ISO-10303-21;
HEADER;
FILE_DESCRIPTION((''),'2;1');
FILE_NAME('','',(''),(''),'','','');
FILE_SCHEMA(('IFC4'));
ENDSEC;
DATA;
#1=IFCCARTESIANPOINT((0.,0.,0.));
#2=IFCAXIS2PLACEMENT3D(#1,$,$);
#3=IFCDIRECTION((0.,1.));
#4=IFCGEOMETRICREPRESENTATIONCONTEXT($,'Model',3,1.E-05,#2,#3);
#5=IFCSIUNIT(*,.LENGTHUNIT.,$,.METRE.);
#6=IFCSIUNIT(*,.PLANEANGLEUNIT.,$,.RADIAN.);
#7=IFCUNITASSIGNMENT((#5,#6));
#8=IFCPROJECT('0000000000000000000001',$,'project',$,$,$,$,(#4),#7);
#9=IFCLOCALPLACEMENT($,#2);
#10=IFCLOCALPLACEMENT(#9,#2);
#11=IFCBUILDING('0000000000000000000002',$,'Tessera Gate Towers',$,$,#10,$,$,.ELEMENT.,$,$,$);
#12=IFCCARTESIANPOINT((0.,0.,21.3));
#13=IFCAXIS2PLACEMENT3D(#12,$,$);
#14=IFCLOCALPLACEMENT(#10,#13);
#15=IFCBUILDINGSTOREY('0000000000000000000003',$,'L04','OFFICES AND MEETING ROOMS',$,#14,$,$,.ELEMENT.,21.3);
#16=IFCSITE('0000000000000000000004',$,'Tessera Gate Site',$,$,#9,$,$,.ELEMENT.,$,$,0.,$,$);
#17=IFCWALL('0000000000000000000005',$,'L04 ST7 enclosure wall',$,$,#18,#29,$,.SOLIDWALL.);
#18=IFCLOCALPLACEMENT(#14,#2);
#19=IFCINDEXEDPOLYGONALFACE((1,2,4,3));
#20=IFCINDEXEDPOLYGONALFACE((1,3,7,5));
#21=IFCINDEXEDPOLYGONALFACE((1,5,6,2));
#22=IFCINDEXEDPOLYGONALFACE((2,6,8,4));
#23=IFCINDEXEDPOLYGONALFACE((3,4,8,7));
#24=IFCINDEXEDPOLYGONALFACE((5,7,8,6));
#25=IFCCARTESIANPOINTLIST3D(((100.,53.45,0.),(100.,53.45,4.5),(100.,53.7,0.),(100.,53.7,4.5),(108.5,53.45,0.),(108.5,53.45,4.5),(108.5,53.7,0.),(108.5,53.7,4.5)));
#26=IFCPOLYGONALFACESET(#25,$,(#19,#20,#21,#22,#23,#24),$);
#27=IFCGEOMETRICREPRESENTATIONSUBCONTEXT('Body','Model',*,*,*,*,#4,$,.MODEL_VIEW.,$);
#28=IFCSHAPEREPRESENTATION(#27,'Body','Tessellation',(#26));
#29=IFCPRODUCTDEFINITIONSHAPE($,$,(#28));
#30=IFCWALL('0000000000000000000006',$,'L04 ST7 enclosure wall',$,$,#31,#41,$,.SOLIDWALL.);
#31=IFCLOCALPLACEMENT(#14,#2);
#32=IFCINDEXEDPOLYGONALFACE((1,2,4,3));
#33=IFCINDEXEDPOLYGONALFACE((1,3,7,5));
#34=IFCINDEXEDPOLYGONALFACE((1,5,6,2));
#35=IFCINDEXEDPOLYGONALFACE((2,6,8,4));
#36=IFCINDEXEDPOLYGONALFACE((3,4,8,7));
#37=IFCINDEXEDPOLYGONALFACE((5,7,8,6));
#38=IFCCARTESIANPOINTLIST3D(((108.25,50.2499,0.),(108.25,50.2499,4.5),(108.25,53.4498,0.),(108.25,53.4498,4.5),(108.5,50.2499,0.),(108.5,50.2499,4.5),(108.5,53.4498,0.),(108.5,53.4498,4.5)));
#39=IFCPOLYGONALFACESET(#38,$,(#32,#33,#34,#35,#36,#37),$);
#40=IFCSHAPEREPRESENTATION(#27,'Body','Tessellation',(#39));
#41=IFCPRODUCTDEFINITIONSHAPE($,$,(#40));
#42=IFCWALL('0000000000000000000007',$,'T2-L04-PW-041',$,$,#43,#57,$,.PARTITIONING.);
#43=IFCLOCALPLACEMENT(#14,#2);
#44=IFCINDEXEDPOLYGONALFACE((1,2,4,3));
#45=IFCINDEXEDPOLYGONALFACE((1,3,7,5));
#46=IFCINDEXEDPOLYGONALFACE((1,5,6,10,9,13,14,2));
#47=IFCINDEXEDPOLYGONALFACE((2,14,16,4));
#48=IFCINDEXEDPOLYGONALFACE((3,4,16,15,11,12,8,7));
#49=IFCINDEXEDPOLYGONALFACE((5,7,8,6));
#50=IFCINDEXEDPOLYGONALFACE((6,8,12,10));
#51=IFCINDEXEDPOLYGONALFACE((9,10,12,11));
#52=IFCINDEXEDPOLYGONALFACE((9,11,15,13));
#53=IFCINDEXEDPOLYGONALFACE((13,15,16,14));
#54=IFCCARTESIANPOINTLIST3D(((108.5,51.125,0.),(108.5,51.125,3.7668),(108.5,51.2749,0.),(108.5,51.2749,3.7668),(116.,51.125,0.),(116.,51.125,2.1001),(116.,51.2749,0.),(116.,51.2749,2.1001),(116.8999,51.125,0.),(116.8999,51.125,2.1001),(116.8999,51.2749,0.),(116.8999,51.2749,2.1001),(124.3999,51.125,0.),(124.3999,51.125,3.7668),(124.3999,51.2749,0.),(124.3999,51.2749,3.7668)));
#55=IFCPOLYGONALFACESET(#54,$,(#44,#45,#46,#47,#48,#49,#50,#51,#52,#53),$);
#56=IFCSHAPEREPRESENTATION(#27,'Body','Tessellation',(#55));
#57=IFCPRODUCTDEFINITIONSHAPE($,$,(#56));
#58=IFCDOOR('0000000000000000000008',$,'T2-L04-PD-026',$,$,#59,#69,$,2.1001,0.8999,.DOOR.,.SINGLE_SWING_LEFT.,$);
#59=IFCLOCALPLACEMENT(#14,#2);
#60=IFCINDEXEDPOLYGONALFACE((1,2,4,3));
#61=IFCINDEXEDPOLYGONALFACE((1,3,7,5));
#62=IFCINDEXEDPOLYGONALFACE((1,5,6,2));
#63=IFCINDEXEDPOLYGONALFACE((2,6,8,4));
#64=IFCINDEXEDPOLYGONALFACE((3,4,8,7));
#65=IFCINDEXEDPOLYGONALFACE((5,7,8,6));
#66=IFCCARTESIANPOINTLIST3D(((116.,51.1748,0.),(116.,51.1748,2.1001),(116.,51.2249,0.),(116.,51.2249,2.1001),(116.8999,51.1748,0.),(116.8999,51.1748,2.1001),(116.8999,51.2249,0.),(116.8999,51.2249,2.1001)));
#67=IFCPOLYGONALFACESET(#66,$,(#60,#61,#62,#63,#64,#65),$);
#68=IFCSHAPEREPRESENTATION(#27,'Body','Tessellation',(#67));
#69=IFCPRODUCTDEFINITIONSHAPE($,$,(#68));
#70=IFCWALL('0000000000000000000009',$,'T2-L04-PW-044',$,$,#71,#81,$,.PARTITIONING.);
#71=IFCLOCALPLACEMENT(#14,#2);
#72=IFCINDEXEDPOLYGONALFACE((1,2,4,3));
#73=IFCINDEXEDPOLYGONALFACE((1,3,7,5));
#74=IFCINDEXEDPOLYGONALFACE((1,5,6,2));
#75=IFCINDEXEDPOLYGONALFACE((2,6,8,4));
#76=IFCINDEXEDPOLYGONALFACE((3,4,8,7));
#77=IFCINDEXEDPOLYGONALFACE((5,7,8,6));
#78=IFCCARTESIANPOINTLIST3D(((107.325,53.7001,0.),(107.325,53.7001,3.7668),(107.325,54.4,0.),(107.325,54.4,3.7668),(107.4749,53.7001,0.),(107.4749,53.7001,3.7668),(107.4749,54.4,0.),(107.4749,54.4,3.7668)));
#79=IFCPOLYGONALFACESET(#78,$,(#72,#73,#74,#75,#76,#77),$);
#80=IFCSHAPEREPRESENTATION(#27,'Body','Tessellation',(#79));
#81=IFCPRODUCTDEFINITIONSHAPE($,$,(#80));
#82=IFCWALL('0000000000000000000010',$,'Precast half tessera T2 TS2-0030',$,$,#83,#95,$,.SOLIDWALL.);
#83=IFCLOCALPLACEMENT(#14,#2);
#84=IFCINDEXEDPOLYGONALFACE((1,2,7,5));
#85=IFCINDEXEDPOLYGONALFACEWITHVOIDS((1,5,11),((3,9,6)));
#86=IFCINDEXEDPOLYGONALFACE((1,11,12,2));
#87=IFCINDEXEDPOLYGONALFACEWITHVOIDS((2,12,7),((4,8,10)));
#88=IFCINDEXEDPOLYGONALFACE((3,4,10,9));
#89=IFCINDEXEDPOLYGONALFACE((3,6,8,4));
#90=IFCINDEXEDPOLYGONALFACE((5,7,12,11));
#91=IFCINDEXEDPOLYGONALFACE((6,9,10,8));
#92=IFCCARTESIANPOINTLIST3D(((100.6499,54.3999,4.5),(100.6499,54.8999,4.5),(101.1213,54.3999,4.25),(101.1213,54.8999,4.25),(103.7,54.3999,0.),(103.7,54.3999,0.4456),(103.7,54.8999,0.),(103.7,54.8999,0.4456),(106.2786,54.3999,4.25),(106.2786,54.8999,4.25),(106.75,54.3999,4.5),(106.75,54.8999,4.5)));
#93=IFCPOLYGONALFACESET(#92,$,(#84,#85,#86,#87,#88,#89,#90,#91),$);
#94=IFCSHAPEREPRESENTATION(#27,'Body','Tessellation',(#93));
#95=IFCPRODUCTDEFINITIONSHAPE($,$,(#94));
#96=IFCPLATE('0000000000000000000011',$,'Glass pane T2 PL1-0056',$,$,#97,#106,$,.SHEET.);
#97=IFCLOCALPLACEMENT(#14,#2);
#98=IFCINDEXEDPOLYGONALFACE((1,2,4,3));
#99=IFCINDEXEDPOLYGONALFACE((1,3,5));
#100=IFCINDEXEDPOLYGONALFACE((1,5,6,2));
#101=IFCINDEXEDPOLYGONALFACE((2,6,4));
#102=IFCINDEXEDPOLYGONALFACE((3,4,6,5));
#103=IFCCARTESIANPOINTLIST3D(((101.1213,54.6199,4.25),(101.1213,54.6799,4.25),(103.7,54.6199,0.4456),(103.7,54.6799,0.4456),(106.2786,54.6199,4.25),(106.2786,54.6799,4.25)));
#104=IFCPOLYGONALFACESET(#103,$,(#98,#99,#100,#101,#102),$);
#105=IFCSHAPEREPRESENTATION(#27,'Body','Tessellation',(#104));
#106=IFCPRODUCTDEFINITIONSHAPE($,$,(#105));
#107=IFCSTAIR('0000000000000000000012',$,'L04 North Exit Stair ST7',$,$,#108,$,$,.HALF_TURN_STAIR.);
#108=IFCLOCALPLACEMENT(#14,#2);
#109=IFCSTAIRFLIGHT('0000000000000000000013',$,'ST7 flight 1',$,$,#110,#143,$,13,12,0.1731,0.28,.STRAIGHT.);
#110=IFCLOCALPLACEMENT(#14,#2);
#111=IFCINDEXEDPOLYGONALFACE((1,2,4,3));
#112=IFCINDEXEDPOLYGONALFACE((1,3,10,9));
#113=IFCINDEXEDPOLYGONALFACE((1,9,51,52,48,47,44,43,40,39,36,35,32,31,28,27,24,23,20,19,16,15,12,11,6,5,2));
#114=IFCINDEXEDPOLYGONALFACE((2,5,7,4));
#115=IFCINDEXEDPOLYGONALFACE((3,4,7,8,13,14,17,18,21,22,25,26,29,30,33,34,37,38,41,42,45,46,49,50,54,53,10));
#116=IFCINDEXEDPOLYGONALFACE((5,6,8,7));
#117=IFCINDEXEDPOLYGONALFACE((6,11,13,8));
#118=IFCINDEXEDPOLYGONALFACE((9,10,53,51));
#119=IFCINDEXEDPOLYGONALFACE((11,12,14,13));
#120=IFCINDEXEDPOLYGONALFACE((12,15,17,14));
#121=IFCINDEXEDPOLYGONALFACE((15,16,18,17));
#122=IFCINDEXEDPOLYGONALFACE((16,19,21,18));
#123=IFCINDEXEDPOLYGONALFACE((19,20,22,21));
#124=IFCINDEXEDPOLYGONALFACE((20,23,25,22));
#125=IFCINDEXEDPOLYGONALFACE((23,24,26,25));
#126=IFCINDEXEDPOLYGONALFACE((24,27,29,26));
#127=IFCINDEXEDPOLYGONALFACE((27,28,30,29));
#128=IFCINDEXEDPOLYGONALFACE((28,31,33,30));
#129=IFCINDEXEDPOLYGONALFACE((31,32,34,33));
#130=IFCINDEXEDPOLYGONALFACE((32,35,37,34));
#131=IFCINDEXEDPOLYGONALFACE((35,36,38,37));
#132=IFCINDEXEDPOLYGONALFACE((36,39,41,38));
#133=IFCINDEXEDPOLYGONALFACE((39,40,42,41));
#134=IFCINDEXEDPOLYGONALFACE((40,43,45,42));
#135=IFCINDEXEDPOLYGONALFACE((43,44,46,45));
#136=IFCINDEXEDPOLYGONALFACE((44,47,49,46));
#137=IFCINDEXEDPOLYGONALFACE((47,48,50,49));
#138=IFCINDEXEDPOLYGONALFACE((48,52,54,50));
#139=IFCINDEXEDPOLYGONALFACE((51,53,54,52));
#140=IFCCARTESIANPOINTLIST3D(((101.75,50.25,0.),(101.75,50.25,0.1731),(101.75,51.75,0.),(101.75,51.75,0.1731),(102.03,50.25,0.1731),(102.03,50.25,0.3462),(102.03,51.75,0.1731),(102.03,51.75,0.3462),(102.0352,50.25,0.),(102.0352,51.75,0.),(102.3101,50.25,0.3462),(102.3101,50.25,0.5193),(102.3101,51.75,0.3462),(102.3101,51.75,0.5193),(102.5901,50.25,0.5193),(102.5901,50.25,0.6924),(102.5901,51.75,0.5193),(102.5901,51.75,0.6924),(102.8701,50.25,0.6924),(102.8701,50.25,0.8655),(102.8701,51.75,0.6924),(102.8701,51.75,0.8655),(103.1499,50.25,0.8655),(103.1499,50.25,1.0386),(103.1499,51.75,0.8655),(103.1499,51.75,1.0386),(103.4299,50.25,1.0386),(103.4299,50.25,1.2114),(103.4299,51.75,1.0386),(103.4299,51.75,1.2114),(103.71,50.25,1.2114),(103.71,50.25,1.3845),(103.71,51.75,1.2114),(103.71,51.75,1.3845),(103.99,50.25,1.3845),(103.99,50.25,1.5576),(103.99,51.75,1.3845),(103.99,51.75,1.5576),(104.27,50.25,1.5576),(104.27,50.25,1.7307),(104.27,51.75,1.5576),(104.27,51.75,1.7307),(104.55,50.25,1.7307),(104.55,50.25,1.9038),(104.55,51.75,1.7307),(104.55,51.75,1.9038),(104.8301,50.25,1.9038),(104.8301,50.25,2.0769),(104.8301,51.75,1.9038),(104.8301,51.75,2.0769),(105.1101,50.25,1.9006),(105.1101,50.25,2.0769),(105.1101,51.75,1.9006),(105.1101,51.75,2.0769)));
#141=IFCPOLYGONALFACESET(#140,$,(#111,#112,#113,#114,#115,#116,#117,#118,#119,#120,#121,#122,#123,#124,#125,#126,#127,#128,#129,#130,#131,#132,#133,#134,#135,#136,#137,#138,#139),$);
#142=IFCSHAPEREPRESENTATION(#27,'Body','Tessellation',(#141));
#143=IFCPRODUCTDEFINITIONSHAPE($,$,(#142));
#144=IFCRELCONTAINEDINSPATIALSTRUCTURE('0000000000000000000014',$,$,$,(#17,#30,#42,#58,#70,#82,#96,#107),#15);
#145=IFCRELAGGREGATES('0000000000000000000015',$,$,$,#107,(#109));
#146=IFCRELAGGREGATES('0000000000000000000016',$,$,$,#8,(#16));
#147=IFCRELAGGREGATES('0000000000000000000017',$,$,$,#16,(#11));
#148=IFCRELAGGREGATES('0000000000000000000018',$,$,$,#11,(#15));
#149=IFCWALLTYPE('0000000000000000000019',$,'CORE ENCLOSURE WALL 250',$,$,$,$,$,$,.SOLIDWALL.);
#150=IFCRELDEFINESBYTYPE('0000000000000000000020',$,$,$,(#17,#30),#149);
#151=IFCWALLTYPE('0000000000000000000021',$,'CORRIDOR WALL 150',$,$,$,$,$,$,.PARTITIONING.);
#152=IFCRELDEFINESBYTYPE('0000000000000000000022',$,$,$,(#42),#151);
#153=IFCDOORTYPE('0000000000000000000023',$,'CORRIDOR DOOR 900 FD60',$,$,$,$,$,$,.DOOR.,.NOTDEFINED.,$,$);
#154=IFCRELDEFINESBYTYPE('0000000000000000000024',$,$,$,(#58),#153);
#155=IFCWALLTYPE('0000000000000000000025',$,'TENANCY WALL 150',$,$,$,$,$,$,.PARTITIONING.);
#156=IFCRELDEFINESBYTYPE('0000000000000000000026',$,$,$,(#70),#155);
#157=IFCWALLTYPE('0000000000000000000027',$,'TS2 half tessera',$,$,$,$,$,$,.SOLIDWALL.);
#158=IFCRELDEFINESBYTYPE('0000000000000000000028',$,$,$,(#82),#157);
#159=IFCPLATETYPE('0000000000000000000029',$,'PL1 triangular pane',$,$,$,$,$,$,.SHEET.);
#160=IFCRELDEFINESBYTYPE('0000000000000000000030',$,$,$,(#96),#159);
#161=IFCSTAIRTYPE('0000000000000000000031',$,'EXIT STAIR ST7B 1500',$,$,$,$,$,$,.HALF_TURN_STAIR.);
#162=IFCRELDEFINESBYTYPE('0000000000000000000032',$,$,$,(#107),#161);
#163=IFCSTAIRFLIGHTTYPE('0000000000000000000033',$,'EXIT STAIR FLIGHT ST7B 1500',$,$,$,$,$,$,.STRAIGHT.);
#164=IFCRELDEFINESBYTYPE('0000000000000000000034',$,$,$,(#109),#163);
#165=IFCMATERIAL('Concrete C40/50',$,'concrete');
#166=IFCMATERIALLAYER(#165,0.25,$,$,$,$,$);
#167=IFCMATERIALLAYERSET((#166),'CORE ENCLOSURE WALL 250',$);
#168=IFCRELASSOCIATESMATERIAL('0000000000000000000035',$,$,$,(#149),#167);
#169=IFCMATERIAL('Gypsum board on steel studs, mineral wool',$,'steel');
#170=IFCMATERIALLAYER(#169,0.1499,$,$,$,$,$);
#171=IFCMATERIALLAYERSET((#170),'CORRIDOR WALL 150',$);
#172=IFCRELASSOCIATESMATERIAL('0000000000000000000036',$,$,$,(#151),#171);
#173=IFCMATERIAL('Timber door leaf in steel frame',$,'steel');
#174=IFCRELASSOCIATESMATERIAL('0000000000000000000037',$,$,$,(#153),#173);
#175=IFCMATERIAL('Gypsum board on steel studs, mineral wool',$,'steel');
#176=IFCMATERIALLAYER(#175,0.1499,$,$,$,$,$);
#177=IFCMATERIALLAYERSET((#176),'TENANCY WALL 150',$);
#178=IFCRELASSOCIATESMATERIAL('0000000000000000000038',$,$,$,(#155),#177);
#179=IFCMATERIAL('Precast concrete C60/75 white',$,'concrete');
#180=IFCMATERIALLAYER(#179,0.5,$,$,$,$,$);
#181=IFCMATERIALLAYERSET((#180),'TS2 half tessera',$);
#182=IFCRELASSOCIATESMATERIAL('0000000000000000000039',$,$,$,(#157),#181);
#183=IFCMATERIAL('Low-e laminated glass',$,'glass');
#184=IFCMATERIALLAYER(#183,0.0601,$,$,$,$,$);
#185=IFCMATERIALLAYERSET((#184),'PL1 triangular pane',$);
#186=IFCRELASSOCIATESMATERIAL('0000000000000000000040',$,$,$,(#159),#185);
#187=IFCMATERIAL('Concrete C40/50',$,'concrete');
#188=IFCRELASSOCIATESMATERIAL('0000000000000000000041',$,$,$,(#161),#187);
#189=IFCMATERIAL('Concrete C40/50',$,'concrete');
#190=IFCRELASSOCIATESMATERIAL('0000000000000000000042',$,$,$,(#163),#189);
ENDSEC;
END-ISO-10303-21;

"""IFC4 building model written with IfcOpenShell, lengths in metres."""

from ifc_helpers import new_model, si_unit, direction, frame, frame_2d, origin, place, context, subcontext, project, spatial, polyline, rectangle, outline, extrude, source, transform, mapped, material, layer, layer_set, type_object, element, fill, aggregate, save


model = new_model("IFC4")

# Units and contexts
model_context = context("Model", 3, precision=1e-05, world=origin(), true_north=direction((0.0, 1.0)))
body_context = subcontext(model_context, "Body", "Model", "MODEL_VIEW")
ifc_project = project(units=[si_unit("LENGTHUNIT", "METRE"), si_unit("PLANEANGLEUNIT", "RADIAN")], contexts=[model_context])

# Site, building, storey
site_placement = place(None, origin())
site = spatial("IfcSite", under=ifc_project, at=site_placement, Name="Tessera Gate Site", CompositionType="ELEMENT", RefElevation=0.0)
building_placement = place(site_placement, origin())
building = spatial("IfcBuilding", under=site, at=building_placement, Name="Tessera Gate Towers", CompositionType="ELEMENT")
storey_placement = place(building_placement, frame((0.0, 0.0, 21.3)))
storey = spatial("IfcBuildingStorey", under=building, at=storey_placement, Name="L04", Description="OFFICES AND MEETING ROOMS", CompositionType="ELEMENT", Elevation=21.3)

# Walls
ifc_material_1 = material(Name="Concrete C40/50", Category="concrete")
ifc_layer_1 = layer(ifc_material_1, 0.25)
ifc_layer_set_1 = layer_set([ifc_layer_1], Name="CORE ENCLOSURE WALL 250")
wall_type_1 = type_object("IfcWallType", Name="CORE ENCLOSURE WALL 250", PredefinedType="SOLIDWALL", material=ifc_layer_set_1)
wall_1_placement = place(storey_placement, frame((100.0, 53.575, 0.0), z_axis=(0.0, 0.0, 1.0), x_axis=(1.0, 0.0, 0.0)))
element("IfcWall", 1, at=wall_1_placement, inside=storey, type_object=wall_type_1, Name="L04 ST7 enclosure wall", PredefinedType="SOLIDWALL", context=body_context, shape_type="SweptSolid", body=[
    extrude(rectangle(XDim=8.5, YDim=0.25, at=frame_2d((4.25, 0.0))), origin(), (0.0, 0.0, 1.0), 4.5),
])
wall_2_placement = place(storey_placement, frame((108.375, 53.45, 0.0), z_axis=(0.0, 0.0, 1.0), x_axis=(0.0, -1.0, 0.0)))
element("IfcWall", 2, at=wall_2_placement, inside=storey, type_object=wall_type_1, Name="L04 ST7 enclosure wall", PredefinedType="SOLIDWALL", context=body_context, shape_type="SweptSolid", body=[
    extrude(rectangle(XDim=3.2, YDim=0.25, at=frame_2d((1.6001, 0.0))), origin(), (0.0, 0.0, 1.0), 4.5),
])

# Wall, opening, door
ifc_material_2 = material(Name="Gypsum board on steel studs, mineral wool", Category="steel")
ifc_layer_2 = layer(ifc_material_2, 0.1499)
ifc_layer_set_2 = layer_set([ifc_layer_2], Name="CORRIDOR WALL 150")
wall_type_2 = type_object("IfcWallType", Name="CORRIDOR WALL 150", PredefinedType="PARTITIONING", material=ifc_layer_set_2)
wall_3_placement = place(storey_placement, frame((108.5, 51.2, 0.0), z_axis=(0.0, 0.0, 1.0), x_axis=(1.0, 0.0, 0.0)))
wall_3 = element("IfcWall", 3, at=wall_3_placement, inside=storey, type_object=wall_type_2, Name="T2-L04-PW-041", PredefinedType="PARTITIONING", context=body_context, shape_type="SweptSolid", body=[
    extrude(rectangle(XDim=15.8999, YDim=0.1499, at=frame_2d((7.95, 0.0))), origin(), (0.0, 0.0, 1.0), 3.7668),
])
shared_shape_1 = source(origin(), body_context, "Body", "SweptSolid", [
    extrude(rectangle(XDim=0.8999, YDim=2.1001, at=frame_2d((0.45, 1.05))), frame((0.0, 0.085, 0.0), z_axis=(0.0, -1.0, 0.0), x_axis=(1.0, 0.0, 0.0)), (0.0, 0.0, 1.0), 0.1699),
])
opening_1_placement = place(wall_3_placement, frame((7.5, 0.0, 0.0)))
opening_1 = element("IfcOpeningElement", 4, at=opening_1_placement, cuts=wall_3, PredefinedType="OPENING", context=body_context, shape_type="MappedRepresentation", body=[
    mapped(shared_shape_1, transform((0.0, 0.0, 0.0), scale=1.0)),
])
ifc_material_3 = material(Name="Timber door leaf in steel frame", Category="steel")
door_type = type_object("IfcDoorType", Name="CORRIDOR DOOR 900 FD60", OperationType="NOTDEFINED", PredefinedType="DOOR", material=ifc_material_3)
shared_shape_2 = source(origin(), body_context, "Body", "SweptSolid", [
    extrude(rectangle(XDim=0.8999, YDim=2.1001, at=frame_2d((0.45, 1.05))), frame((0.0, 0.0249, 0.0), z_axis=(0.0, -1.0, 0.0), x_axis=(1.0, 0.0, 0.0)), (0.0, 0.0, 1.0), 0.05),
])
door_placement = place(opening_1_placement, origin())
door = element("IfcDoor", 5, at=door_placement, inside=storey, type_object=door_type, Name="T2-L04-PD-026", OperationType="SINGLE_SWING_LEFT", OverallHeight=2.1001, OverallWidth=0.8999, PredefinedType="DOOR", context=body_context, shape_type="MappedRepresentation", body=[
    mapped(shared_shape_2, transform((0.0, 0.0, 0.0), scale=1.0)),
])
fill(opening_1, door)

# Wall
ifc_material_4 = material(Name="Gypsum board on steel studs, mineral wool", Category="steel")
ifc_layer_3 = layer(ifc_material_4, 0.1499)
ifc_layer_set_3 = layer_set([ifc_layer_3], Name="TENANCY WALL 150")
wall_type_3 = type_object("IfcWallType", Name="TENANCY WALL 150", PredefinedType="PARTITIONING", material=ifc_layer_set_3)
wall_4_placement = place(storey_placement, frame((107.3999, 53.7, 0.0), z_axis=(0.0, 0.0, 1.0), x_axis=(0.0, 1.0, 0.0)))
element("IfcWall", 6, at=wall_4_placement, inside=storey, type_object=wall_type_3, Name="T2-L04-PW-044", PredefinedType="PARTITIONING", context=body_context, shape_type="SweptSolid", body=[
    extrude(rectangle(XDim=0.7, YDim=0.1499, at=frame_2d((0.3501, 0.0))), origin(), (0.0, 0.0, 1.0), 3.7668),
])

# Wall, opening, plate
ifc_material_5 = material(Name="Precast concrete C60/75 white", Category="concrete")
ifc_layer_4 = layer(ifc_material_5, 0.5)
ifc_layer_set_4 = layer_set([ifc_layer_4], Name="TS2 half tessera")
wall_type_4 = type_object("IfcWallType", Name="TS2 half tessera", PredefinedType="SOLIDWALL", material=ifc_layer_set_4)
shared_shape_3 = source(origin(), body_context, "Body", "SweptSolid", [
    extrude(outline(polyline([(3.05, 0.0), (6.1001, 4.5), (0.0, 4.5), (3.05, 0.0)])), frame((0.0, 0.25, 0.0), z_axis=(0.0, -1.0, 0.0), x_axis=(1.0, 0.0, 0.0)), (0.0, 0.0, 1.0), 0.5),
])
wall_5_placement = place(storey_placement, frame((106.75, 54.6499, 0.0), z_axis=(0.0, 0.0, 1.0), x_axis=(-1.0, 0.0, 0.0)))
wall_5 = element("IfcWall", 7, at=wall_5_placement, inside=storey, type_object=wall_type_4, Name="Precast half tessera T2 TS2-0030", PredefinedType="SOLIDWALL", context=body_context, shape_type="MappedRepresentation", body=[
    mapped(shared_shape_3, transform((0.0, 0.0, 0.0), scale=1.0)),
])
shared_shape_4 = source(origin(), body_context, "Body", "SweptSolid", [
    extrude(outline(polyline([(3.05, 0.4456), (5.6287, 4.25), (0.4714, 4.25), (3.05, 0.4456)])), frame((0.0, 0.26, 0.0), z_axis=(0.0, -1.0, 0.0), x_axis=(1.0, 0.0, 0.0)), (0.0, 0.0, 1.0), 0.52),
])
opening_2_placement = place(wall_5_placement, origin())
opening_2 = element("IfcOpeningElement", 8, at=opening_2_placement, cuts=wall_5, PredefinedType="OPENING", context=body_context, shape_type="MappedRepresentation", body=[
    mapped(shared_shape_4, transform((0.0, 0.0, 0.0), scale=1.0)),
])
ifc_material_6 = material(Name="Low-e laminated glass", Category="glass")
ifc_layer_5 = layer(ifc_material_6, 0.0601)
ifc_layer_set_5 = layer_set([ifc_layer_5], Name="PL1 triangular pane")
plate_type = type_object("IfcPlateType", Name="PL1 triangular pane", PredefinedType="SHEET", material=ifc_layer_set_5)
shared_shape_5 = source(origin(), body_context, "Body", "SweptSolid", [
    extrude(outline(polyline([(3.05, 0.4456), (5.6287, 4.25), (0.4714, 4.25), (3.05, 0.4456)])), frame((0.0, 0.03, 0.0), z_axis=(0.0, -1.0, 0.0), x_axis=(1.0, 0.0, 0.0)), (0.0, 0.0, 1.0), 0.0601),
])
plate_placement = place(opening_2_placement, origin())
plate = element("IfcPlate", 9, at=plate_placement, inside=storey, type_object=plate_type, Name="Glass pane T2 PL1-0056", PredefinedType="SHEET", context=body_context, shape_type="MappedRepresentation", body=[
    mapped(shared_shape_5, transform((0.0, 0.0, 0.0), scale=1.0)),
])
fill(opening_2, plate)

# Stair, stair flight
ifc_material_7 = material(Name="Concrete C40/50", Category="concrete")
stair_type = type_object("IfcStairType", Name="EXIT STAIR ST7B 1500", PredefinedType="HALF_TURN_STAIR", material=ifc_material_7)
stair_placement = place(storey_placement, origin())
stair = element("IfcStair", 10, at=stair_placement, inside=storey, type_object=stair_type, Name="L04 North Exit Stair ST7", PredefinedType="HALF_TURN_STAIR")
ifc_material_8 = material(Name="Concrete C40/50", Category="concrete")
stair_flight_type = type_object("IfcStairFlightType", Name="EXIT STAIR FLIGHT ST7B 1500", PredefinedType="STRAIGHT", material=ifc_material_8)
stair_flight_1_placement = place(storey_placement, frame((101.75, 51.0, 0.0), z_axis=(0.0, 0.0, 1.0), x_axis=(1.0, 0.0, 0.0)))
stair_flight_1 = element("IfcStairFlight", 11, at=stair_flight_1_placement, type_object=stair_flight_type, Name="ST7 flight 1", NumberOfRisers=13, NumberOfTreads=12, PredefinedType="STRAIGHT", RiserHeight=0.1731, TreadLength=0.28, context=body_context, shape_type="SweptSolid", body=[
    extrude(outline(polyline([(0.0, 0.0), (0.0, 0.1731), (0.28, 0.1731), (0.28, 0.3462), (0.5601, 0.3462), (0.5601, 0.5193), (0.8401, 0.5193), (0.8401, 0.6924), (1.1201, 0.6924), (1.1201, 0.8655), (1.3999, 0.8655), (1.3999, 1.0386), (1.6799, 1.0386), (1.6799, 1.2114), (1.96, 1.2114), (1.96, 1.3845), (2.24, 1.3845), (2.24, 1.5576), (2.52, 1.5576), (2.52, 1.7307), (2.8, 1.7307), (2.8, 1.9038), (3.0801, 1.9038), (3.0801, 2.0769), (3.3601, 2.0769), (3.3601, 2.25), (3.3601, 1.9006), (0.2852, 0.0), (0.0, 0.0)])), frame((0.0, 0.75, 0.0), z_axis=(0.0, -1.0, 0.0), x_axis=(1.0, 0.0, 0.0)), (0.0, 0.0, 1.0), 1.5),
])
aggregate(stair, [stair_flight_1])

save(model, "model.ifc")
